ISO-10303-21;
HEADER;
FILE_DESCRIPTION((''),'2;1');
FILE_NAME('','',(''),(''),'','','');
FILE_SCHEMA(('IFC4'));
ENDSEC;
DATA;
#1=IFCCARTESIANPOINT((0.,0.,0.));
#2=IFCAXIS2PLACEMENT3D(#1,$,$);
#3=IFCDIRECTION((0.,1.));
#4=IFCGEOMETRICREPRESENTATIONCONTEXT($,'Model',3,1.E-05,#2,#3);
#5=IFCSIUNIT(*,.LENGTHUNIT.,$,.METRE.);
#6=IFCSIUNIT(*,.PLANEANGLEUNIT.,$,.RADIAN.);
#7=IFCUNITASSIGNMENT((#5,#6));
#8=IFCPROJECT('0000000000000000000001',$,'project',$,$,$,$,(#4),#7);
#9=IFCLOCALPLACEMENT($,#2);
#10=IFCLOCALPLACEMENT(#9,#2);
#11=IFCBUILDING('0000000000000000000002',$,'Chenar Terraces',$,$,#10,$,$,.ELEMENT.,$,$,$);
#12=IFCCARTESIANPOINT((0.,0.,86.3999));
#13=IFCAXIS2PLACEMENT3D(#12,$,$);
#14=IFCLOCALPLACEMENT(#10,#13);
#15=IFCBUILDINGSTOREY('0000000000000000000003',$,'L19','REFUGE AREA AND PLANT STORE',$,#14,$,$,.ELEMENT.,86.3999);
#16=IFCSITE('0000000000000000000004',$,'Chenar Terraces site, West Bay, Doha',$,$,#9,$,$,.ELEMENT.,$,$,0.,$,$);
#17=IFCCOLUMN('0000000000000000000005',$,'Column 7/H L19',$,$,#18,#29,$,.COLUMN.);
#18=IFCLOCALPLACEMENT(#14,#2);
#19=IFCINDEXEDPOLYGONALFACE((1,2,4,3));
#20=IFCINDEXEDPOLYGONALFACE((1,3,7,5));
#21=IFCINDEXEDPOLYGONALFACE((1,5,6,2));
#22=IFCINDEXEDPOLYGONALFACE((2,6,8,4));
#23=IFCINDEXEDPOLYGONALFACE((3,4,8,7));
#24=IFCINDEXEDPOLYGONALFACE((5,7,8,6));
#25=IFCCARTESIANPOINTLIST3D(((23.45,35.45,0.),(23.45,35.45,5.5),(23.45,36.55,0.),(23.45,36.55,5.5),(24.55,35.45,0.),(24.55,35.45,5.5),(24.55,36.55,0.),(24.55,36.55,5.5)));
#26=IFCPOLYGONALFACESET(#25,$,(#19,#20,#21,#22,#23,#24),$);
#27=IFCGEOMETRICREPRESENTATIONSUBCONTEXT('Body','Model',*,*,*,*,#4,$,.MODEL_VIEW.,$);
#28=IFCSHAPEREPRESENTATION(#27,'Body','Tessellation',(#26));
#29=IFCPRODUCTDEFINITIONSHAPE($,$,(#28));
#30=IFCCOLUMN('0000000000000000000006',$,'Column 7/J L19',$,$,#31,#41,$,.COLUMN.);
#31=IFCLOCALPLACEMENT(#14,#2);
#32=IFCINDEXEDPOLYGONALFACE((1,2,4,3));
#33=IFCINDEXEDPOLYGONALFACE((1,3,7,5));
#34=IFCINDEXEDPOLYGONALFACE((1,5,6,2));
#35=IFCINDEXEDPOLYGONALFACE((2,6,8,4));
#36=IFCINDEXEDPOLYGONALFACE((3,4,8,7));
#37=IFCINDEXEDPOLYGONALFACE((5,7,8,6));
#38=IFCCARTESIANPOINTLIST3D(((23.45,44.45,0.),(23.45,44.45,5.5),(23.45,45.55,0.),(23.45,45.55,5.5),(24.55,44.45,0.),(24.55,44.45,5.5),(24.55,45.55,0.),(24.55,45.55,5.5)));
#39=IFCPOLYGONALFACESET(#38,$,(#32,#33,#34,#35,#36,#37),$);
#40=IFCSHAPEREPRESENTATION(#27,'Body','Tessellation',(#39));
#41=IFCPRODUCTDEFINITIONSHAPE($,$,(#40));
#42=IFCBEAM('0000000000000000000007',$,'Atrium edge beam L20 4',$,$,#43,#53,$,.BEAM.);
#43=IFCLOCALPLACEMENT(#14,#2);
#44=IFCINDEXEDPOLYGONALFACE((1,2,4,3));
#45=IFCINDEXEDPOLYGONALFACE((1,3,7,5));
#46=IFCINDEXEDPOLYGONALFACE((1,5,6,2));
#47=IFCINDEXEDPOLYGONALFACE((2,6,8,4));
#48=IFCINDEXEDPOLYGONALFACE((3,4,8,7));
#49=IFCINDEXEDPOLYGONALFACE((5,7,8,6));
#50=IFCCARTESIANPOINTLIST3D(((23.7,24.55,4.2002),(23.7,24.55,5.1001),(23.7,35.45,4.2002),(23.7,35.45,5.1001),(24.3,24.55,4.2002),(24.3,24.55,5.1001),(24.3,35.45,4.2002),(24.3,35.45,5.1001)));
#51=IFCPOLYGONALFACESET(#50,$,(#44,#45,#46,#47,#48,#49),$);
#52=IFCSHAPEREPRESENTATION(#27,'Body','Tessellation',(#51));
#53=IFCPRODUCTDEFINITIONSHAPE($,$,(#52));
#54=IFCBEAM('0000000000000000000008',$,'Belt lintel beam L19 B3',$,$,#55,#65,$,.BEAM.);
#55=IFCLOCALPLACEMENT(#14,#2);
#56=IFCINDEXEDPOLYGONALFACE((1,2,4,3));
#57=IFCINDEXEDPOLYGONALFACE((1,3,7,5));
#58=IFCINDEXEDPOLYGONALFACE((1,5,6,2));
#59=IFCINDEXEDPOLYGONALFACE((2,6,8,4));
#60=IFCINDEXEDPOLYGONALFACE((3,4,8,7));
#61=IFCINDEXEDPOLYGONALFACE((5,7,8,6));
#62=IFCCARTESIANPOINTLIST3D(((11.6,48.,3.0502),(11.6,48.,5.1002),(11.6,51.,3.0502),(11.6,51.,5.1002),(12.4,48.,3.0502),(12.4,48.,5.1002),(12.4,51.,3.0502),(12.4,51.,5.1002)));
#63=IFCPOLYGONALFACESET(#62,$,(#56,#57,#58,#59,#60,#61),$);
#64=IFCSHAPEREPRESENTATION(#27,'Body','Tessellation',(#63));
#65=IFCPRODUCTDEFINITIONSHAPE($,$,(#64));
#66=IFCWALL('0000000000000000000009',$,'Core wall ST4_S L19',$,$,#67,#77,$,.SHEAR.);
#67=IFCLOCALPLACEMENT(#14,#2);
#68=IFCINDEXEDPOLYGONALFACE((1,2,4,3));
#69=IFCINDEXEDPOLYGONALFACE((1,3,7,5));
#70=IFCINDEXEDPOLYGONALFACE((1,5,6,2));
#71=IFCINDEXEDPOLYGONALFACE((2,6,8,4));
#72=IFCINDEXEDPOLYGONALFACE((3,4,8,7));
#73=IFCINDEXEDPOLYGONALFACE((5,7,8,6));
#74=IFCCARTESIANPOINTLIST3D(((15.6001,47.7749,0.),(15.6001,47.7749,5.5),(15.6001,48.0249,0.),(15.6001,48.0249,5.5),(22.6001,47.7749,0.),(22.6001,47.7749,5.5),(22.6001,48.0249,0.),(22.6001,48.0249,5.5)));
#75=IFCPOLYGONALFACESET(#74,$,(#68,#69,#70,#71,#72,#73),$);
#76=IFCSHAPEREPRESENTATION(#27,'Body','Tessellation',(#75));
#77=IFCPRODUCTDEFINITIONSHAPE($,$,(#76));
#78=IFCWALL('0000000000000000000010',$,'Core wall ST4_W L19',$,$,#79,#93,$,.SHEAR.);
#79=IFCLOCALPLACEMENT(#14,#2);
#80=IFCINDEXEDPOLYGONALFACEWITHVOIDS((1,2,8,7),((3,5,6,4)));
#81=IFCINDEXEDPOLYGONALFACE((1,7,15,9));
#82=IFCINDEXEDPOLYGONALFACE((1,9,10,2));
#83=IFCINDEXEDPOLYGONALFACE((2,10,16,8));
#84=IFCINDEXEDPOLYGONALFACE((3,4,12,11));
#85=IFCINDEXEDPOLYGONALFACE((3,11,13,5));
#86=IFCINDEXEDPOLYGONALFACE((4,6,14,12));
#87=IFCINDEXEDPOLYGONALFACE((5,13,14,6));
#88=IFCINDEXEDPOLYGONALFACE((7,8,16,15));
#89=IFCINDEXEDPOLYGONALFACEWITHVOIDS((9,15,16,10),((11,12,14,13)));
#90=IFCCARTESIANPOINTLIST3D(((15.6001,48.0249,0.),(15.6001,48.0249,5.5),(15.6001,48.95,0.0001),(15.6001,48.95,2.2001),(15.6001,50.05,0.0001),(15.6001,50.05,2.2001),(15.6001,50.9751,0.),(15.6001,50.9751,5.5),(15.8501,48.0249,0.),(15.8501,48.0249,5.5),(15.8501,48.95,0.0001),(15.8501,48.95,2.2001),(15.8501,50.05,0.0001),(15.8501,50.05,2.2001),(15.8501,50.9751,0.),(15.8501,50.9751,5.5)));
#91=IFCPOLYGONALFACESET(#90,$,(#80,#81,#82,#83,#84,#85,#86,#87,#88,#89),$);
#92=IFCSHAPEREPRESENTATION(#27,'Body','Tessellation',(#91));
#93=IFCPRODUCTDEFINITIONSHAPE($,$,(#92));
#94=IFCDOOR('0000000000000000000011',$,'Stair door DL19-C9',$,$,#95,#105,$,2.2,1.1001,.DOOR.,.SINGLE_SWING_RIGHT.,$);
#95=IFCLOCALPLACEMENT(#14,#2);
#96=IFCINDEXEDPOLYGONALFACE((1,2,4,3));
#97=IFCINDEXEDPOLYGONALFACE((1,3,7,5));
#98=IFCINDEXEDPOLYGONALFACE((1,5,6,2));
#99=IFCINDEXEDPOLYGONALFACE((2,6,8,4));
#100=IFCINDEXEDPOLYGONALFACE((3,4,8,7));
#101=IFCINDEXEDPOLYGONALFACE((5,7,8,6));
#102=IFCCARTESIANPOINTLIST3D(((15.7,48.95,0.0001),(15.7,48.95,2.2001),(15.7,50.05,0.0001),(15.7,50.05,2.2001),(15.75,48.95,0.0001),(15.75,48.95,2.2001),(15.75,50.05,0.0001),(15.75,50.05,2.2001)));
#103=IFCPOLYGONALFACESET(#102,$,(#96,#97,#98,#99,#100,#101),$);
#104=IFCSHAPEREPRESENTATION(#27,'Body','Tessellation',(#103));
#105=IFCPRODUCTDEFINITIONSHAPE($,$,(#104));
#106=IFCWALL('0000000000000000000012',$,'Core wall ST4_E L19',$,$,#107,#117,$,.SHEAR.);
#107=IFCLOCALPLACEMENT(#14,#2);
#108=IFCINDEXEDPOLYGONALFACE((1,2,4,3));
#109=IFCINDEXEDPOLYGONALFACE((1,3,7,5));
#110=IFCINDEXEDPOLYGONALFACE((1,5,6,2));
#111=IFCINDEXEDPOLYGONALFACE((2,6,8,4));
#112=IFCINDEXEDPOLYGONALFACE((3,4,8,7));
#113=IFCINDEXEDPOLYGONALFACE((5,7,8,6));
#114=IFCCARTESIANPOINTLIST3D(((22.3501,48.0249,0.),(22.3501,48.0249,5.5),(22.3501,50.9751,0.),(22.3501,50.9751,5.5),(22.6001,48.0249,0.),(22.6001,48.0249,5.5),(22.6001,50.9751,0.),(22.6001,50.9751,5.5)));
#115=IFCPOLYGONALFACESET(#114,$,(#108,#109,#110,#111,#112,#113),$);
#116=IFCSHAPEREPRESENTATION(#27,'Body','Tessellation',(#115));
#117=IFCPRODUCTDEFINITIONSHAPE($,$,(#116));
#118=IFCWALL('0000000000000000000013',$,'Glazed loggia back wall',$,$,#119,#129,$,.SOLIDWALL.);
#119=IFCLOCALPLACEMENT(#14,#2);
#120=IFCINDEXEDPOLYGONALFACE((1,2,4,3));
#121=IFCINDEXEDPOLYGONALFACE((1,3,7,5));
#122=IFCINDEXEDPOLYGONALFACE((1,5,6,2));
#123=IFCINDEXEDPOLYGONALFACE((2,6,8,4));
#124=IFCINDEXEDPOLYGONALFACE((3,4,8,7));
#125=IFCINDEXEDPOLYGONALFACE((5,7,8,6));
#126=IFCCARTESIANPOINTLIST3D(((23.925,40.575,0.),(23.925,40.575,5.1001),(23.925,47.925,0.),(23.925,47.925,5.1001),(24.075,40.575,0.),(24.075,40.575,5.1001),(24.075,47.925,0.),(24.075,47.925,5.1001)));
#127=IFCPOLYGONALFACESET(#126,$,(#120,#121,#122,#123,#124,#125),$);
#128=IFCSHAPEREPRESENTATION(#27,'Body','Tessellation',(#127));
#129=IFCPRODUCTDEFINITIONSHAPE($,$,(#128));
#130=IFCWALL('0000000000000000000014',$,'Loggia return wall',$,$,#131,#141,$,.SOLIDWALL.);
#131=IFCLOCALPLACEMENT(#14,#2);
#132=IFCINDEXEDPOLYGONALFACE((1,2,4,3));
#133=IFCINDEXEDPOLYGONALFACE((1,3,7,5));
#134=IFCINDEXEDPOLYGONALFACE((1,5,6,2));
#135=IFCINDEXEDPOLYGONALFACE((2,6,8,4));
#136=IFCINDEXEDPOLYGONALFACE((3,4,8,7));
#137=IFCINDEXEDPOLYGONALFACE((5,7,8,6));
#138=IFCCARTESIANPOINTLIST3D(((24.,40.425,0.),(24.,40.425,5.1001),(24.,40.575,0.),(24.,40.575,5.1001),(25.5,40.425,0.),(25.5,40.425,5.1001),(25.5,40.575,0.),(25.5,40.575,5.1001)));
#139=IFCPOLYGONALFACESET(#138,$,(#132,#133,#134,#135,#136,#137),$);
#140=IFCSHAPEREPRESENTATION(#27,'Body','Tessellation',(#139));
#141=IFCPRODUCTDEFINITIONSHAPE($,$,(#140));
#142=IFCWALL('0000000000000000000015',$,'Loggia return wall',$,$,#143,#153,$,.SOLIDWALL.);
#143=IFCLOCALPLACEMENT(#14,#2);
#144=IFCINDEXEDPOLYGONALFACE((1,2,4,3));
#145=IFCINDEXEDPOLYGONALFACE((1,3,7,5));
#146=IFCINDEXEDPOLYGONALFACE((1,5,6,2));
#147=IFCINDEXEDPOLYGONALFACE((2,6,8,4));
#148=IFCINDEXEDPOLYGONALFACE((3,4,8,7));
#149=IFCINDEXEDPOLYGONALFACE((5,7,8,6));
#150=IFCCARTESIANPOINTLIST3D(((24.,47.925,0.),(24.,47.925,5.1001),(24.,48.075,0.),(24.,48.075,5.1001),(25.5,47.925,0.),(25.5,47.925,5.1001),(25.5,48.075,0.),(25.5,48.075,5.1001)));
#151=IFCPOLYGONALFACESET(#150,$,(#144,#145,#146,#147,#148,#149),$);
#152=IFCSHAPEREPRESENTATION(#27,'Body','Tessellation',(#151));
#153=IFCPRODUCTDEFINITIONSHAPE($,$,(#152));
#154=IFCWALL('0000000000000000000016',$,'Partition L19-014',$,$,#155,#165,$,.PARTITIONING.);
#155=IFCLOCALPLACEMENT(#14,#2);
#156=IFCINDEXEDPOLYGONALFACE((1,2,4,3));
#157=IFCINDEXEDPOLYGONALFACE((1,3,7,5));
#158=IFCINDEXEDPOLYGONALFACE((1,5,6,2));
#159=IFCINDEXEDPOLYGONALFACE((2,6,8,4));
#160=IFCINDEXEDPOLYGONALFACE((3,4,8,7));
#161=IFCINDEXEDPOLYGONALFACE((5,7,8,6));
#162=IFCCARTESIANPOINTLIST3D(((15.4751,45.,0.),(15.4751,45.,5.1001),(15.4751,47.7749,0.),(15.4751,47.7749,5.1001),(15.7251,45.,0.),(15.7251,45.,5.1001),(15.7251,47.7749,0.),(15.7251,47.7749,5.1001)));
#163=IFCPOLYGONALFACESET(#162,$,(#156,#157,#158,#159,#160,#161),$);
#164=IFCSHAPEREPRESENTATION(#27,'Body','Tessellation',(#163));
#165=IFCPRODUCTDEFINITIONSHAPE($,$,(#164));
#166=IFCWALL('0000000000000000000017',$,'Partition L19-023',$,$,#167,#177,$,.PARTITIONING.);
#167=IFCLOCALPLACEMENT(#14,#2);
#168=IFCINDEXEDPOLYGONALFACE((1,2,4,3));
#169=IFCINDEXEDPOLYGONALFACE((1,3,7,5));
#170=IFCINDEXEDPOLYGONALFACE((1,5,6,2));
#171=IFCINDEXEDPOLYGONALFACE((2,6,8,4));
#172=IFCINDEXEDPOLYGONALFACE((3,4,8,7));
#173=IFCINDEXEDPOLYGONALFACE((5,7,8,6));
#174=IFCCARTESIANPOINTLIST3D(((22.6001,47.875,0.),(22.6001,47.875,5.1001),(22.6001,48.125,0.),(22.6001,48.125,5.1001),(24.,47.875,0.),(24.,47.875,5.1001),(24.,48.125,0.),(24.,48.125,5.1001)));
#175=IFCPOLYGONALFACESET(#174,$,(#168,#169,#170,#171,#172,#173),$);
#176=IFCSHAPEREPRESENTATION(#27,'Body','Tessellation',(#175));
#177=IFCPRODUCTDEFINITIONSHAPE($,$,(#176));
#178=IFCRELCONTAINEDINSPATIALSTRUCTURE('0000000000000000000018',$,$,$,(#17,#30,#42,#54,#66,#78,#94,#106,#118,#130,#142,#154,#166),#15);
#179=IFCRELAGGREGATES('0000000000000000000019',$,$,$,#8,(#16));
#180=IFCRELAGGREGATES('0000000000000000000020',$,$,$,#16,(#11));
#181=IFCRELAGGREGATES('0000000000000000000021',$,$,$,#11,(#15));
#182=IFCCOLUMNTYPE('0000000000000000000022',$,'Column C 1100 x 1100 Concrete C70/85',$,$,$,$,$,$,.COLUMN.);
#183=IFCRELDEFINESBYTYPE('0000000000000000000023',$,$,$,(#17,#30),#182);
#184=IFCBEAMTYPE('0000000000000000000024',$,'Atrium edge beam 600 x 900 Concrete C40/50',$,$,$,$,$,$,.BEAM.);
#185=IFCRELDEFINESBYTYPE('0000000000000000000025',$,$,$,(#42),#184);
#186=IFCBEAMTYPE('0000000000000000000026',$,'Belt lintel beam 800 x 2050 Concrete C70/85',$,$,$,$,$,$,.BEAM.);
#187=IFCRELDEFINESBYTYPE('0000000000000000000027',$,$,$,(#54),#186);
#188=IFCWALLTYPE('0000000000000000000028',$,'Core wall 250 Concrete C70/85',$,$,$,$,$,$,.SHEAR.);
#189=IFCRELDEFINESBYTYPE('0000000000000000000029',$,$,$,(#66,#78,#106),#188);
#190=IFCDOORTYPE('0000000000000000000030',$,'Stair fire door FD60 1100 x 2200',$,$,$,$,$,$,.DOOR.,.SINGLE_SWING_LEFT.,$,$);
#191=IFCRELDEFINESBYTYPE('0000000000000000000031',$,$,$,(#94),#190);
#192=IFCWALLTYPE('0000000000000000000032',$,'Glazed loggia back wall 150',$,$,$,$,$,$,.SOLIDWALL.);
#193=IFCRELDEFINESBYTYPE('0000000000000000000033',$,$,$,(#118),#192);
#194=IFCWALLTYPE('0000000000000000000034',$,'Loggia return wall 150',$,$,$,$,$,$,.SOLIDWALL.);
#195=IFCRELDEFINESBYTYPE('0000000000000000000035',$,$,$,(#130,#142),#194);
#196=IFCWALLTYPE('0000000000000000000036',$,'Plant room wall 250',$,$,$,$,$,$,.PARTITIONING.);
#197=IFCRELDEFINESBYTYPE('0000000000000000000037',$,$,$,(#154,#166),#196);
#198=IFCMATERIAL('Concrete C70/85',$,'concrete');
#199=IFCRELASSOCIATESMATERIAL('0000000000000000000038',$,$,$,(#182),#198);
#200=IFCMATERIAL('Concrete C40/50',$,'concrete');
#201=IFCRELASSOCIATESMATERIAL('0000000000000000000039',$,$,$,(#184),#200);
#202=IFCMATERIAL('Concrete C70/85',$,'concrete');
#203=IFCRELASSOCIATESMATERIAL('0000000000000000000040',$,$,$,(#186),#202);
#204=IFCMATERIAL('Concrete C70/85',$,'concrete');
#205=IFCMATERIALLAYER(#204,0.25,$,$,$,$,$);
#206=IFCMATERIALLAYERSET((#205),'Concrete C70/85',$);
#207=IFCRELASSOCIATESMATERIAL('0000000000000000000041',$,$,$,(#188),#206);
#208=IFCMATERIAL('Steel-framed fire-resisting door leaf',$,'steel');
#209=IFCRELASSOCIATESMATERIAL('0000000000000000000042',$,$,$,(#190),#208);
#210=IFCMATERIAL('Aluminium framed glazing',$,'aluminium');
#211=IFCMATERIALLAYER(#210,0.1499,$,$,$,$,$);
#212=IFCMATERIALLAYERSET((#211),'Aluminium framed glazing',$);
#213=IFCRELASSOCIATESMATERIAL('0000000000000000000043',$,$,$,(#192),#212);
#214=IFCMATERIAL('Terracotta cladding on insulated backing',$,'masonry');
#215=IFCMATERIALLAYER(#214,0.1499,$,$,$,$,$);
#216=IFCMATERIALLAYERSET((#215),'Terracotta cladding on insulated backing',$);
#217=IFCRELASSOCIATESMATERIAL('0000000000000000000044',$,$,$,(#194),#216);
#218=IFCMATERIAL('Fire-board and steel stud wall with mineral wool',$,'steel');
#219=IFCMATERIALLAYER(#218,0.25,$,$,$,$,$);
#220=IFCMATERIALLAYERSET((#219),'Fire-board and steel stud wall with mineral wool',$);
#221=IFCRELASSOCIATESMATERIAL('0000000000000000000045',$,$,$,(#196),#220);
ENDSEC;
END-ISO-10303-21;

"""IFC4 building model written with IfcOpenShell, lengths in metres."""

from ifc_helpers import new_model, si_unit, direction, frame, frame_2d, origin, origin_2d, place, context, subcontext, project, spatial, rectangle, extrude, material, layer, layer_set, material_profile, profile_set, type_object, element, fill, save


model = new_model("IFC4")

# Units and contexts
model_context = context("Model", 3, precision=1e-05, world=origin(), true_north=direction((0.0, 1.0)))
body_context = subcontext(model_context, "Body", "Model", "MODEL_VIEW")
ifc_project = project(units=[si_unit("LENGTHUNIT", "METRE"), si_unit("PLANEANGLEUNIT", "RADIAN")], contexts=[model_context])

# Site, building, storey
site_placement = place(None, origin())
site = spatial("IfcSite", under=ifc_project, at=site_placement, Name="Chenar Terraces site, West Bay, Doha", CompositionType="ELEMENT", RefElevation=0.0)
building_placement = place(site_placement, origin())
building = spatial("IfcBuilding", under=site, at=building_placement, Name="Chenar Terraces", CompositionType="ELEMENT")
storey_placement = place(building_placement, frame((0.0, 0.0, 86.3999)))
storey = spatial("IfcBuildingStorey", under=building, at=storey_placement, Name="L19", Description="REFUGE AREA AND PLANT STORE", CompositionType="ELEMENT", Elevation=86.3999)

# Columns
ifc_material_1 = material(Name="Concrete C70/85", Category="concrete")
ifc_material_profile_1 = material_profile(ifc_material_1, rectangle(XDim=1.1001, YDim=1.1001, at=origin_2d()), Name="C 1100 x 1100")
ifc_profile_set_1 = profile_set([ifc_material_profile_1], Name="Concrete C70/85")
column_type = type_object("IfcColumnType", Name="Column C 1100 x 1100 Concrete C70/85", PredefinedType="COLUMN", material=ifc_profile_set_1)
for number, where, z_axis, x_axis, name in (
    (1, (24.0, 36.0, 0.0), (0.0, 0.0, 1.0), (1.0, 0.0, 0.0), "Column 7/H L19"),
    (2, (24.0, 45.0, 0.0), (0.0, 0.0, 1.0), (1.0, 0.0, 0.0), "Column 7/J L19"),
):
    element("IfcColumn", number, at=place(storey_placement, frame(where, z_axis=z_axis, x_axis=x_axis)), inside=storey, type_object=column_type, Name=name, PredefinedType="COLUMN", context=body_context, shape_type="SweptSolid", body=[
        extrude(rectangle(XDim=1.1001, YDim=1.1001, at=origin_2d()), origin(), (0.0, 0.0, 1.0), 5.5),
    ])

# Beams
ifc_material_2 = material(Name="Concrete C40/50", Category="concrete")
ifc_material_profile_2 = material_profile(ifc_material_2, rectangle(XDim=0.6001, YDim=0.8999, at=origin_2d()), Name="RC 600 x 900")
ifc_profile_set_2 = profile_set([ifc_material_profile_2], Name="Concrete C40/50")
beam_type_1 = type_object("IfcBeamType", Name="Atrium edge beam 600 x 900 Concrete C40/50", PredefinedType="BEAM", material=ifc_profile_set_2)
beam_1_placement = place(storey_placement, frame((24.0, 35.45, 4.6501), z_axis=(0.0, -1.0, 0.0), x_axis=(1.0, 0.0, 0.0)))
element("IfcBeam", 3, at=beam_1_placement, inside=storey, type_object=beam_type_1, Name="Atrium edge beam L20 4", PredefinedType="BEAM", context=body_context, shape_type="SweptSolid", body=[
    extrude(rectangle(XDim=0.6001, YDim=0.8999, at=origin_2d()), origin(), (0.0, 0.0, 1.0), 10.8999),
])
ifc_material_3 = material(Name="Concrete C70/85", Category="concrete")
ifc_material_profile_3 = material_profile(ifc_material_3, rectangle(XDim=0.8, YDim=2.05, at=origin_2d()), Name="RC 800 x 2050")
ifc_profile_set_3 = profile_set([ifc_material_profile_3], Name="Concrete C70/85")
beam_type_2 = type_object("IfcBeamType", Name="Belt lintel beam 800 x 2050 Concrete C70/85", PredefinedType="BEAM", material=ifc_profile_set_3)
beam_2_placement = place(storey_placement, frame((12.0, 48.0, 4.0752), z_axis=(0.0, 1.0, 0.0), x_axis=(-1.0, 0.0, 0.0)))
element("IfcBeam", 4, at=beam_2_placement, inside=storey, type_object=beam_type_2, Name="Belt lintel beam L19 B3", PredefinedType="BEAM", context=body_context, shape_type="SweptSolid", body=[
    extrude(rectangle(XDim=0.8, YDim=2.05, at=origin_2d()), origin(), (0.0, 0.0, 1.0), 3.0),
])

# Wall
ifc_material_4 = material(Name="Concrete C70/85", Category="concrete")
ifc_layer_1 = layer(ifc_material_4, 0.25)
ifc_layer_set_1 = layer_set([ifc_layer_1], Name="Concrete C70/85")
wall_type_1 = type_object("IfcWallType", Name="Core wall 250 Concrete C70/85", PredefinedType="SHEAR", material=ifc_layer_set_1)
wall_1_placement = place(storey_placement, frame((15.6001, 47.8999, 0.0), z_axis=(0.0, 0.0, 1.0), x_axis=(1.0, 0.0, 0.0)))
element("IfcWall", 5, at=wall_1_placement, inside=storey, type_object=wall_type_1, Name="Core wall ST4_S L19", PredefinedType="SHEAR", context=body_context, shape_type="SweptSolid", body=[
    extrude(rectangle(XDim=7.0, YDim=0.25, at=frame_2d((3.5, 0.0))), origin(), (0.0, 0.0, 1.0), 5.5),
])

# Wall, opening, door
wall_2_placement = place(storey_placement, frame((15.7251, 48.0249, 0.0), z_axis=(0.0, 0.0, 1.0), x_axis=(0.0, 1.0, 0.0)))
wall_2 = element("IfcWall", 6, at=wall_2_placement, inside=storey, type_object=wall_type_1, Name="Core wall ST4_W L19", PredefinedType="SHEAR", context=body_context, shape_type="SweptSolid", body=[
    extrude(rectangle(XDim=2.9502, YDim=0.25, at=frame_2d((1.4751, 0.0))), origin(), (0.0, 0.0, 1.0), 5.5),
])
opening_1_placement = place(wall_2_placement, frame((0.925, 0.0, 0.0)))
opening_1 = element("IfcOpeningElement", 7, at=opening_1_placement, cuts=wall_2, PredefinedType="OPENING", context=body_context, shape_type="SweptSolid", body=[
    extrude(rectangle(XDim=1.1001, YDim=2.2, at=frame_2d((0.55, 1.1001))), frame((0.0, 0.135, 0.0), z_axis=(0.0, -1.0, 0.0), x_axis=(1.0, 0.0, 0.0)), (0.0, 0.0, 1.0), 0.27),
])
ifc_material_5 = material(Name="Steel-framed fire-resisting door leaf", Category="steel")
door_type_1 = type_object("IfcDoorType", Name="Stair fire door FD60 1100 x 2200", OperationType="SINGLE_SWING_LEFT", PredefinedType="DOOR", material=ifc_material_5)
door_1_placement = place(opening_1_placement, frame((1.1001, 0.0, 0.0), z_axis=(0.0, 0.0, 1.0), x_axis=(-1.0, 0.0, 0.0)))
door_1 = element("IfcDoor", 8, at=door_1_placement, inside=storey, type_object=door_type_1, Name="Stair door DL19-C9", OperationType="SINGLE_SWING_RIGHT", OverallHeight=2.2, OverallWidth=1.1001, PredefinedType="DOOR", context=body_context, shape_type="SweptSolid", body=[
    extrude(rectangle(XDim=1.1001, YDim=2.2, at=frame_2d((0.55, 1.1001))), frame((0.0, 0.0249, 0.0), z_axis=(0.0, -1.0, 0.0), x_axis=(1.0, 0.0, 0.0)), (0.0, 0.0, 1.0), 0.05),
])
fill(opening_1, door_1)

# Walls
wall_3_placement = place(storey_placement, frame((22.4751, 48.0249, 0.0), z_axis=(0.0, 0.0, 1.0), x_axis=(0.0, 1.0, 0.0)))
element("IfcWall", 9, at=wall_3_placement, inside=storey, type_object=wall_type_1, Name="Core wall ST4_E L19", PredefinedType="SHEAR", context=body_context, shape_type="SweptSolid", body=[
    extrude(rectangle(XDim=2.9502, YDim=0.25, at=frame_2d((1.4751, 0.0))), origin(), (0.0, 0.0, 1.0), 5.5),
])
ifc_material_6 = material(Name="Aluminium framed glazing", Category="aluminium")
ifc_layer_2 = layer(ifc_material_6, 0.1499)
ifc_layer_set_2 = layer_set([ifc_layer_2], Name="Aluminium framed glazing")
wall_type_2 = type_object("IfcWallType", Name="Glazed loggia back wall 150", PredefinedType="SOLIDWALL", material=ifc_layer_set_2)
wall_4_placement = place(storey_placement, frame((24.0, 40.575, 0.0), z_axis=(0.0, 0.0, 1.0), x_axis=(0.0, 1.0, 0.0)))
element("IfcWall", 10, at=wall_4_placement, inside=storey, type_object=wall_type_2, Name="Glazed loggia back wall", PredefinedType="SOLIDWALL", context=body_context, shape_type="SweptSolid", body=[
    extrude(rectangle(XDim=7.3501, YDim=0.1499, at=frame_2d((3.675, 0.0))), origin(), (0.0, 0.0, 1.0), 5.1001),
])
ifc_material_7 = material(Name="Terracotta cladding on insulated backing", Category="masonry")
ifc_layer_3 = layer(ifc_material_7, 0.1499)
ifc_layer_set_3 = layer_set([ifc_layer_3], Name="Terracotta cladding on insulated backing")
wall_type_3 = type_object("IfcWallType", Name="Loggia return wall 150", PredefinedType="SOLIDWALL", material=ifc_layer_set_3)
for number, where, z_axis, x_axis, name in (
    (11, (25.5, 40.5, 0.0), (0.0, 0.0, 1.0), (-1.0, 0.0, 0.0), "Loggia return wall"),
    (12, (25.5, 48.0, 0.0), (0.0, 0.0, 1.0), (-1.0, 0.0, 0.0), "Loggia return wall"),
):
    element("IfcWall", number, at=place(storey_placement, frame(where, z_axis=z_axis, x_axis=x_axis)), inside=storey, type_object=wall_type_3, Name=name, PredefinedType="SOLIDWALL", context=body_context, shape_type="SweptSolid", body=[
        extrude(rectangle(XDim=1.5, YDim=0.1499, at=frame_2d((0.75, 0.0))), origin(), (0.0, 0.0, 1.0), 5.1001),
    ])
ifc_material_8 = material(Name="Fire-board and steel stud wall with mineral wool", Category="steel")
ifc_layer_4 = layer(ifc_material_8, 0.25)
ifc_layer_set_4 = layer_set([ifc_layer_4], Name="Fire-board and steel stud wall with mineral wool")
wall_type_4 = type_object("IfcWallType", Name="Plant room wall 250", PredefinedType="PARTITIONING", material=ifc_layer_set_4)
wall_5_placement = place(storey_placement, frame((15.6001, 45.0, 0.0), z_axis=(0.0, 0.0, 1.0), x_axis=(0.0, 1.0, 0.0)))
element("IfcWall", 13, at=wall_5_placement, inside=storey, type_object=wall_type_4, Name="Partition L19-014", PredefinedType="PARTITIONING", context=body_context, shape_type="SweptSolid", body=[
    extrude(rectangle(XDim=2.7749, YDim=0.25, at=frame_2d((1.3875, 0.0))), origin(), (0.0, 0.0, 1.0), 5.1001),
])
wall_6_placement = place(storey_placement, frame((22.6001, 48.0, 0.0), z_axis=(0.0, 0.0, 1.0), x_axis=(1.0, 0.0, 0.0)))
element("IfcWall", 14, at=wall_6_placement, inside=storey, type_object=wall_type_4, Name="Partition L19-023", PredefinedType="PARTITIONING", context=body_context, shape_type="SweptSolid", body=[
    extrude(rectangle(XDim=1.3999, YDim=0.25, at=frame_2d((0.7, 0.0))), origin(), (0.0, 0.0, 1.0), 5.1001),
])

save(model, "model.ifc")
